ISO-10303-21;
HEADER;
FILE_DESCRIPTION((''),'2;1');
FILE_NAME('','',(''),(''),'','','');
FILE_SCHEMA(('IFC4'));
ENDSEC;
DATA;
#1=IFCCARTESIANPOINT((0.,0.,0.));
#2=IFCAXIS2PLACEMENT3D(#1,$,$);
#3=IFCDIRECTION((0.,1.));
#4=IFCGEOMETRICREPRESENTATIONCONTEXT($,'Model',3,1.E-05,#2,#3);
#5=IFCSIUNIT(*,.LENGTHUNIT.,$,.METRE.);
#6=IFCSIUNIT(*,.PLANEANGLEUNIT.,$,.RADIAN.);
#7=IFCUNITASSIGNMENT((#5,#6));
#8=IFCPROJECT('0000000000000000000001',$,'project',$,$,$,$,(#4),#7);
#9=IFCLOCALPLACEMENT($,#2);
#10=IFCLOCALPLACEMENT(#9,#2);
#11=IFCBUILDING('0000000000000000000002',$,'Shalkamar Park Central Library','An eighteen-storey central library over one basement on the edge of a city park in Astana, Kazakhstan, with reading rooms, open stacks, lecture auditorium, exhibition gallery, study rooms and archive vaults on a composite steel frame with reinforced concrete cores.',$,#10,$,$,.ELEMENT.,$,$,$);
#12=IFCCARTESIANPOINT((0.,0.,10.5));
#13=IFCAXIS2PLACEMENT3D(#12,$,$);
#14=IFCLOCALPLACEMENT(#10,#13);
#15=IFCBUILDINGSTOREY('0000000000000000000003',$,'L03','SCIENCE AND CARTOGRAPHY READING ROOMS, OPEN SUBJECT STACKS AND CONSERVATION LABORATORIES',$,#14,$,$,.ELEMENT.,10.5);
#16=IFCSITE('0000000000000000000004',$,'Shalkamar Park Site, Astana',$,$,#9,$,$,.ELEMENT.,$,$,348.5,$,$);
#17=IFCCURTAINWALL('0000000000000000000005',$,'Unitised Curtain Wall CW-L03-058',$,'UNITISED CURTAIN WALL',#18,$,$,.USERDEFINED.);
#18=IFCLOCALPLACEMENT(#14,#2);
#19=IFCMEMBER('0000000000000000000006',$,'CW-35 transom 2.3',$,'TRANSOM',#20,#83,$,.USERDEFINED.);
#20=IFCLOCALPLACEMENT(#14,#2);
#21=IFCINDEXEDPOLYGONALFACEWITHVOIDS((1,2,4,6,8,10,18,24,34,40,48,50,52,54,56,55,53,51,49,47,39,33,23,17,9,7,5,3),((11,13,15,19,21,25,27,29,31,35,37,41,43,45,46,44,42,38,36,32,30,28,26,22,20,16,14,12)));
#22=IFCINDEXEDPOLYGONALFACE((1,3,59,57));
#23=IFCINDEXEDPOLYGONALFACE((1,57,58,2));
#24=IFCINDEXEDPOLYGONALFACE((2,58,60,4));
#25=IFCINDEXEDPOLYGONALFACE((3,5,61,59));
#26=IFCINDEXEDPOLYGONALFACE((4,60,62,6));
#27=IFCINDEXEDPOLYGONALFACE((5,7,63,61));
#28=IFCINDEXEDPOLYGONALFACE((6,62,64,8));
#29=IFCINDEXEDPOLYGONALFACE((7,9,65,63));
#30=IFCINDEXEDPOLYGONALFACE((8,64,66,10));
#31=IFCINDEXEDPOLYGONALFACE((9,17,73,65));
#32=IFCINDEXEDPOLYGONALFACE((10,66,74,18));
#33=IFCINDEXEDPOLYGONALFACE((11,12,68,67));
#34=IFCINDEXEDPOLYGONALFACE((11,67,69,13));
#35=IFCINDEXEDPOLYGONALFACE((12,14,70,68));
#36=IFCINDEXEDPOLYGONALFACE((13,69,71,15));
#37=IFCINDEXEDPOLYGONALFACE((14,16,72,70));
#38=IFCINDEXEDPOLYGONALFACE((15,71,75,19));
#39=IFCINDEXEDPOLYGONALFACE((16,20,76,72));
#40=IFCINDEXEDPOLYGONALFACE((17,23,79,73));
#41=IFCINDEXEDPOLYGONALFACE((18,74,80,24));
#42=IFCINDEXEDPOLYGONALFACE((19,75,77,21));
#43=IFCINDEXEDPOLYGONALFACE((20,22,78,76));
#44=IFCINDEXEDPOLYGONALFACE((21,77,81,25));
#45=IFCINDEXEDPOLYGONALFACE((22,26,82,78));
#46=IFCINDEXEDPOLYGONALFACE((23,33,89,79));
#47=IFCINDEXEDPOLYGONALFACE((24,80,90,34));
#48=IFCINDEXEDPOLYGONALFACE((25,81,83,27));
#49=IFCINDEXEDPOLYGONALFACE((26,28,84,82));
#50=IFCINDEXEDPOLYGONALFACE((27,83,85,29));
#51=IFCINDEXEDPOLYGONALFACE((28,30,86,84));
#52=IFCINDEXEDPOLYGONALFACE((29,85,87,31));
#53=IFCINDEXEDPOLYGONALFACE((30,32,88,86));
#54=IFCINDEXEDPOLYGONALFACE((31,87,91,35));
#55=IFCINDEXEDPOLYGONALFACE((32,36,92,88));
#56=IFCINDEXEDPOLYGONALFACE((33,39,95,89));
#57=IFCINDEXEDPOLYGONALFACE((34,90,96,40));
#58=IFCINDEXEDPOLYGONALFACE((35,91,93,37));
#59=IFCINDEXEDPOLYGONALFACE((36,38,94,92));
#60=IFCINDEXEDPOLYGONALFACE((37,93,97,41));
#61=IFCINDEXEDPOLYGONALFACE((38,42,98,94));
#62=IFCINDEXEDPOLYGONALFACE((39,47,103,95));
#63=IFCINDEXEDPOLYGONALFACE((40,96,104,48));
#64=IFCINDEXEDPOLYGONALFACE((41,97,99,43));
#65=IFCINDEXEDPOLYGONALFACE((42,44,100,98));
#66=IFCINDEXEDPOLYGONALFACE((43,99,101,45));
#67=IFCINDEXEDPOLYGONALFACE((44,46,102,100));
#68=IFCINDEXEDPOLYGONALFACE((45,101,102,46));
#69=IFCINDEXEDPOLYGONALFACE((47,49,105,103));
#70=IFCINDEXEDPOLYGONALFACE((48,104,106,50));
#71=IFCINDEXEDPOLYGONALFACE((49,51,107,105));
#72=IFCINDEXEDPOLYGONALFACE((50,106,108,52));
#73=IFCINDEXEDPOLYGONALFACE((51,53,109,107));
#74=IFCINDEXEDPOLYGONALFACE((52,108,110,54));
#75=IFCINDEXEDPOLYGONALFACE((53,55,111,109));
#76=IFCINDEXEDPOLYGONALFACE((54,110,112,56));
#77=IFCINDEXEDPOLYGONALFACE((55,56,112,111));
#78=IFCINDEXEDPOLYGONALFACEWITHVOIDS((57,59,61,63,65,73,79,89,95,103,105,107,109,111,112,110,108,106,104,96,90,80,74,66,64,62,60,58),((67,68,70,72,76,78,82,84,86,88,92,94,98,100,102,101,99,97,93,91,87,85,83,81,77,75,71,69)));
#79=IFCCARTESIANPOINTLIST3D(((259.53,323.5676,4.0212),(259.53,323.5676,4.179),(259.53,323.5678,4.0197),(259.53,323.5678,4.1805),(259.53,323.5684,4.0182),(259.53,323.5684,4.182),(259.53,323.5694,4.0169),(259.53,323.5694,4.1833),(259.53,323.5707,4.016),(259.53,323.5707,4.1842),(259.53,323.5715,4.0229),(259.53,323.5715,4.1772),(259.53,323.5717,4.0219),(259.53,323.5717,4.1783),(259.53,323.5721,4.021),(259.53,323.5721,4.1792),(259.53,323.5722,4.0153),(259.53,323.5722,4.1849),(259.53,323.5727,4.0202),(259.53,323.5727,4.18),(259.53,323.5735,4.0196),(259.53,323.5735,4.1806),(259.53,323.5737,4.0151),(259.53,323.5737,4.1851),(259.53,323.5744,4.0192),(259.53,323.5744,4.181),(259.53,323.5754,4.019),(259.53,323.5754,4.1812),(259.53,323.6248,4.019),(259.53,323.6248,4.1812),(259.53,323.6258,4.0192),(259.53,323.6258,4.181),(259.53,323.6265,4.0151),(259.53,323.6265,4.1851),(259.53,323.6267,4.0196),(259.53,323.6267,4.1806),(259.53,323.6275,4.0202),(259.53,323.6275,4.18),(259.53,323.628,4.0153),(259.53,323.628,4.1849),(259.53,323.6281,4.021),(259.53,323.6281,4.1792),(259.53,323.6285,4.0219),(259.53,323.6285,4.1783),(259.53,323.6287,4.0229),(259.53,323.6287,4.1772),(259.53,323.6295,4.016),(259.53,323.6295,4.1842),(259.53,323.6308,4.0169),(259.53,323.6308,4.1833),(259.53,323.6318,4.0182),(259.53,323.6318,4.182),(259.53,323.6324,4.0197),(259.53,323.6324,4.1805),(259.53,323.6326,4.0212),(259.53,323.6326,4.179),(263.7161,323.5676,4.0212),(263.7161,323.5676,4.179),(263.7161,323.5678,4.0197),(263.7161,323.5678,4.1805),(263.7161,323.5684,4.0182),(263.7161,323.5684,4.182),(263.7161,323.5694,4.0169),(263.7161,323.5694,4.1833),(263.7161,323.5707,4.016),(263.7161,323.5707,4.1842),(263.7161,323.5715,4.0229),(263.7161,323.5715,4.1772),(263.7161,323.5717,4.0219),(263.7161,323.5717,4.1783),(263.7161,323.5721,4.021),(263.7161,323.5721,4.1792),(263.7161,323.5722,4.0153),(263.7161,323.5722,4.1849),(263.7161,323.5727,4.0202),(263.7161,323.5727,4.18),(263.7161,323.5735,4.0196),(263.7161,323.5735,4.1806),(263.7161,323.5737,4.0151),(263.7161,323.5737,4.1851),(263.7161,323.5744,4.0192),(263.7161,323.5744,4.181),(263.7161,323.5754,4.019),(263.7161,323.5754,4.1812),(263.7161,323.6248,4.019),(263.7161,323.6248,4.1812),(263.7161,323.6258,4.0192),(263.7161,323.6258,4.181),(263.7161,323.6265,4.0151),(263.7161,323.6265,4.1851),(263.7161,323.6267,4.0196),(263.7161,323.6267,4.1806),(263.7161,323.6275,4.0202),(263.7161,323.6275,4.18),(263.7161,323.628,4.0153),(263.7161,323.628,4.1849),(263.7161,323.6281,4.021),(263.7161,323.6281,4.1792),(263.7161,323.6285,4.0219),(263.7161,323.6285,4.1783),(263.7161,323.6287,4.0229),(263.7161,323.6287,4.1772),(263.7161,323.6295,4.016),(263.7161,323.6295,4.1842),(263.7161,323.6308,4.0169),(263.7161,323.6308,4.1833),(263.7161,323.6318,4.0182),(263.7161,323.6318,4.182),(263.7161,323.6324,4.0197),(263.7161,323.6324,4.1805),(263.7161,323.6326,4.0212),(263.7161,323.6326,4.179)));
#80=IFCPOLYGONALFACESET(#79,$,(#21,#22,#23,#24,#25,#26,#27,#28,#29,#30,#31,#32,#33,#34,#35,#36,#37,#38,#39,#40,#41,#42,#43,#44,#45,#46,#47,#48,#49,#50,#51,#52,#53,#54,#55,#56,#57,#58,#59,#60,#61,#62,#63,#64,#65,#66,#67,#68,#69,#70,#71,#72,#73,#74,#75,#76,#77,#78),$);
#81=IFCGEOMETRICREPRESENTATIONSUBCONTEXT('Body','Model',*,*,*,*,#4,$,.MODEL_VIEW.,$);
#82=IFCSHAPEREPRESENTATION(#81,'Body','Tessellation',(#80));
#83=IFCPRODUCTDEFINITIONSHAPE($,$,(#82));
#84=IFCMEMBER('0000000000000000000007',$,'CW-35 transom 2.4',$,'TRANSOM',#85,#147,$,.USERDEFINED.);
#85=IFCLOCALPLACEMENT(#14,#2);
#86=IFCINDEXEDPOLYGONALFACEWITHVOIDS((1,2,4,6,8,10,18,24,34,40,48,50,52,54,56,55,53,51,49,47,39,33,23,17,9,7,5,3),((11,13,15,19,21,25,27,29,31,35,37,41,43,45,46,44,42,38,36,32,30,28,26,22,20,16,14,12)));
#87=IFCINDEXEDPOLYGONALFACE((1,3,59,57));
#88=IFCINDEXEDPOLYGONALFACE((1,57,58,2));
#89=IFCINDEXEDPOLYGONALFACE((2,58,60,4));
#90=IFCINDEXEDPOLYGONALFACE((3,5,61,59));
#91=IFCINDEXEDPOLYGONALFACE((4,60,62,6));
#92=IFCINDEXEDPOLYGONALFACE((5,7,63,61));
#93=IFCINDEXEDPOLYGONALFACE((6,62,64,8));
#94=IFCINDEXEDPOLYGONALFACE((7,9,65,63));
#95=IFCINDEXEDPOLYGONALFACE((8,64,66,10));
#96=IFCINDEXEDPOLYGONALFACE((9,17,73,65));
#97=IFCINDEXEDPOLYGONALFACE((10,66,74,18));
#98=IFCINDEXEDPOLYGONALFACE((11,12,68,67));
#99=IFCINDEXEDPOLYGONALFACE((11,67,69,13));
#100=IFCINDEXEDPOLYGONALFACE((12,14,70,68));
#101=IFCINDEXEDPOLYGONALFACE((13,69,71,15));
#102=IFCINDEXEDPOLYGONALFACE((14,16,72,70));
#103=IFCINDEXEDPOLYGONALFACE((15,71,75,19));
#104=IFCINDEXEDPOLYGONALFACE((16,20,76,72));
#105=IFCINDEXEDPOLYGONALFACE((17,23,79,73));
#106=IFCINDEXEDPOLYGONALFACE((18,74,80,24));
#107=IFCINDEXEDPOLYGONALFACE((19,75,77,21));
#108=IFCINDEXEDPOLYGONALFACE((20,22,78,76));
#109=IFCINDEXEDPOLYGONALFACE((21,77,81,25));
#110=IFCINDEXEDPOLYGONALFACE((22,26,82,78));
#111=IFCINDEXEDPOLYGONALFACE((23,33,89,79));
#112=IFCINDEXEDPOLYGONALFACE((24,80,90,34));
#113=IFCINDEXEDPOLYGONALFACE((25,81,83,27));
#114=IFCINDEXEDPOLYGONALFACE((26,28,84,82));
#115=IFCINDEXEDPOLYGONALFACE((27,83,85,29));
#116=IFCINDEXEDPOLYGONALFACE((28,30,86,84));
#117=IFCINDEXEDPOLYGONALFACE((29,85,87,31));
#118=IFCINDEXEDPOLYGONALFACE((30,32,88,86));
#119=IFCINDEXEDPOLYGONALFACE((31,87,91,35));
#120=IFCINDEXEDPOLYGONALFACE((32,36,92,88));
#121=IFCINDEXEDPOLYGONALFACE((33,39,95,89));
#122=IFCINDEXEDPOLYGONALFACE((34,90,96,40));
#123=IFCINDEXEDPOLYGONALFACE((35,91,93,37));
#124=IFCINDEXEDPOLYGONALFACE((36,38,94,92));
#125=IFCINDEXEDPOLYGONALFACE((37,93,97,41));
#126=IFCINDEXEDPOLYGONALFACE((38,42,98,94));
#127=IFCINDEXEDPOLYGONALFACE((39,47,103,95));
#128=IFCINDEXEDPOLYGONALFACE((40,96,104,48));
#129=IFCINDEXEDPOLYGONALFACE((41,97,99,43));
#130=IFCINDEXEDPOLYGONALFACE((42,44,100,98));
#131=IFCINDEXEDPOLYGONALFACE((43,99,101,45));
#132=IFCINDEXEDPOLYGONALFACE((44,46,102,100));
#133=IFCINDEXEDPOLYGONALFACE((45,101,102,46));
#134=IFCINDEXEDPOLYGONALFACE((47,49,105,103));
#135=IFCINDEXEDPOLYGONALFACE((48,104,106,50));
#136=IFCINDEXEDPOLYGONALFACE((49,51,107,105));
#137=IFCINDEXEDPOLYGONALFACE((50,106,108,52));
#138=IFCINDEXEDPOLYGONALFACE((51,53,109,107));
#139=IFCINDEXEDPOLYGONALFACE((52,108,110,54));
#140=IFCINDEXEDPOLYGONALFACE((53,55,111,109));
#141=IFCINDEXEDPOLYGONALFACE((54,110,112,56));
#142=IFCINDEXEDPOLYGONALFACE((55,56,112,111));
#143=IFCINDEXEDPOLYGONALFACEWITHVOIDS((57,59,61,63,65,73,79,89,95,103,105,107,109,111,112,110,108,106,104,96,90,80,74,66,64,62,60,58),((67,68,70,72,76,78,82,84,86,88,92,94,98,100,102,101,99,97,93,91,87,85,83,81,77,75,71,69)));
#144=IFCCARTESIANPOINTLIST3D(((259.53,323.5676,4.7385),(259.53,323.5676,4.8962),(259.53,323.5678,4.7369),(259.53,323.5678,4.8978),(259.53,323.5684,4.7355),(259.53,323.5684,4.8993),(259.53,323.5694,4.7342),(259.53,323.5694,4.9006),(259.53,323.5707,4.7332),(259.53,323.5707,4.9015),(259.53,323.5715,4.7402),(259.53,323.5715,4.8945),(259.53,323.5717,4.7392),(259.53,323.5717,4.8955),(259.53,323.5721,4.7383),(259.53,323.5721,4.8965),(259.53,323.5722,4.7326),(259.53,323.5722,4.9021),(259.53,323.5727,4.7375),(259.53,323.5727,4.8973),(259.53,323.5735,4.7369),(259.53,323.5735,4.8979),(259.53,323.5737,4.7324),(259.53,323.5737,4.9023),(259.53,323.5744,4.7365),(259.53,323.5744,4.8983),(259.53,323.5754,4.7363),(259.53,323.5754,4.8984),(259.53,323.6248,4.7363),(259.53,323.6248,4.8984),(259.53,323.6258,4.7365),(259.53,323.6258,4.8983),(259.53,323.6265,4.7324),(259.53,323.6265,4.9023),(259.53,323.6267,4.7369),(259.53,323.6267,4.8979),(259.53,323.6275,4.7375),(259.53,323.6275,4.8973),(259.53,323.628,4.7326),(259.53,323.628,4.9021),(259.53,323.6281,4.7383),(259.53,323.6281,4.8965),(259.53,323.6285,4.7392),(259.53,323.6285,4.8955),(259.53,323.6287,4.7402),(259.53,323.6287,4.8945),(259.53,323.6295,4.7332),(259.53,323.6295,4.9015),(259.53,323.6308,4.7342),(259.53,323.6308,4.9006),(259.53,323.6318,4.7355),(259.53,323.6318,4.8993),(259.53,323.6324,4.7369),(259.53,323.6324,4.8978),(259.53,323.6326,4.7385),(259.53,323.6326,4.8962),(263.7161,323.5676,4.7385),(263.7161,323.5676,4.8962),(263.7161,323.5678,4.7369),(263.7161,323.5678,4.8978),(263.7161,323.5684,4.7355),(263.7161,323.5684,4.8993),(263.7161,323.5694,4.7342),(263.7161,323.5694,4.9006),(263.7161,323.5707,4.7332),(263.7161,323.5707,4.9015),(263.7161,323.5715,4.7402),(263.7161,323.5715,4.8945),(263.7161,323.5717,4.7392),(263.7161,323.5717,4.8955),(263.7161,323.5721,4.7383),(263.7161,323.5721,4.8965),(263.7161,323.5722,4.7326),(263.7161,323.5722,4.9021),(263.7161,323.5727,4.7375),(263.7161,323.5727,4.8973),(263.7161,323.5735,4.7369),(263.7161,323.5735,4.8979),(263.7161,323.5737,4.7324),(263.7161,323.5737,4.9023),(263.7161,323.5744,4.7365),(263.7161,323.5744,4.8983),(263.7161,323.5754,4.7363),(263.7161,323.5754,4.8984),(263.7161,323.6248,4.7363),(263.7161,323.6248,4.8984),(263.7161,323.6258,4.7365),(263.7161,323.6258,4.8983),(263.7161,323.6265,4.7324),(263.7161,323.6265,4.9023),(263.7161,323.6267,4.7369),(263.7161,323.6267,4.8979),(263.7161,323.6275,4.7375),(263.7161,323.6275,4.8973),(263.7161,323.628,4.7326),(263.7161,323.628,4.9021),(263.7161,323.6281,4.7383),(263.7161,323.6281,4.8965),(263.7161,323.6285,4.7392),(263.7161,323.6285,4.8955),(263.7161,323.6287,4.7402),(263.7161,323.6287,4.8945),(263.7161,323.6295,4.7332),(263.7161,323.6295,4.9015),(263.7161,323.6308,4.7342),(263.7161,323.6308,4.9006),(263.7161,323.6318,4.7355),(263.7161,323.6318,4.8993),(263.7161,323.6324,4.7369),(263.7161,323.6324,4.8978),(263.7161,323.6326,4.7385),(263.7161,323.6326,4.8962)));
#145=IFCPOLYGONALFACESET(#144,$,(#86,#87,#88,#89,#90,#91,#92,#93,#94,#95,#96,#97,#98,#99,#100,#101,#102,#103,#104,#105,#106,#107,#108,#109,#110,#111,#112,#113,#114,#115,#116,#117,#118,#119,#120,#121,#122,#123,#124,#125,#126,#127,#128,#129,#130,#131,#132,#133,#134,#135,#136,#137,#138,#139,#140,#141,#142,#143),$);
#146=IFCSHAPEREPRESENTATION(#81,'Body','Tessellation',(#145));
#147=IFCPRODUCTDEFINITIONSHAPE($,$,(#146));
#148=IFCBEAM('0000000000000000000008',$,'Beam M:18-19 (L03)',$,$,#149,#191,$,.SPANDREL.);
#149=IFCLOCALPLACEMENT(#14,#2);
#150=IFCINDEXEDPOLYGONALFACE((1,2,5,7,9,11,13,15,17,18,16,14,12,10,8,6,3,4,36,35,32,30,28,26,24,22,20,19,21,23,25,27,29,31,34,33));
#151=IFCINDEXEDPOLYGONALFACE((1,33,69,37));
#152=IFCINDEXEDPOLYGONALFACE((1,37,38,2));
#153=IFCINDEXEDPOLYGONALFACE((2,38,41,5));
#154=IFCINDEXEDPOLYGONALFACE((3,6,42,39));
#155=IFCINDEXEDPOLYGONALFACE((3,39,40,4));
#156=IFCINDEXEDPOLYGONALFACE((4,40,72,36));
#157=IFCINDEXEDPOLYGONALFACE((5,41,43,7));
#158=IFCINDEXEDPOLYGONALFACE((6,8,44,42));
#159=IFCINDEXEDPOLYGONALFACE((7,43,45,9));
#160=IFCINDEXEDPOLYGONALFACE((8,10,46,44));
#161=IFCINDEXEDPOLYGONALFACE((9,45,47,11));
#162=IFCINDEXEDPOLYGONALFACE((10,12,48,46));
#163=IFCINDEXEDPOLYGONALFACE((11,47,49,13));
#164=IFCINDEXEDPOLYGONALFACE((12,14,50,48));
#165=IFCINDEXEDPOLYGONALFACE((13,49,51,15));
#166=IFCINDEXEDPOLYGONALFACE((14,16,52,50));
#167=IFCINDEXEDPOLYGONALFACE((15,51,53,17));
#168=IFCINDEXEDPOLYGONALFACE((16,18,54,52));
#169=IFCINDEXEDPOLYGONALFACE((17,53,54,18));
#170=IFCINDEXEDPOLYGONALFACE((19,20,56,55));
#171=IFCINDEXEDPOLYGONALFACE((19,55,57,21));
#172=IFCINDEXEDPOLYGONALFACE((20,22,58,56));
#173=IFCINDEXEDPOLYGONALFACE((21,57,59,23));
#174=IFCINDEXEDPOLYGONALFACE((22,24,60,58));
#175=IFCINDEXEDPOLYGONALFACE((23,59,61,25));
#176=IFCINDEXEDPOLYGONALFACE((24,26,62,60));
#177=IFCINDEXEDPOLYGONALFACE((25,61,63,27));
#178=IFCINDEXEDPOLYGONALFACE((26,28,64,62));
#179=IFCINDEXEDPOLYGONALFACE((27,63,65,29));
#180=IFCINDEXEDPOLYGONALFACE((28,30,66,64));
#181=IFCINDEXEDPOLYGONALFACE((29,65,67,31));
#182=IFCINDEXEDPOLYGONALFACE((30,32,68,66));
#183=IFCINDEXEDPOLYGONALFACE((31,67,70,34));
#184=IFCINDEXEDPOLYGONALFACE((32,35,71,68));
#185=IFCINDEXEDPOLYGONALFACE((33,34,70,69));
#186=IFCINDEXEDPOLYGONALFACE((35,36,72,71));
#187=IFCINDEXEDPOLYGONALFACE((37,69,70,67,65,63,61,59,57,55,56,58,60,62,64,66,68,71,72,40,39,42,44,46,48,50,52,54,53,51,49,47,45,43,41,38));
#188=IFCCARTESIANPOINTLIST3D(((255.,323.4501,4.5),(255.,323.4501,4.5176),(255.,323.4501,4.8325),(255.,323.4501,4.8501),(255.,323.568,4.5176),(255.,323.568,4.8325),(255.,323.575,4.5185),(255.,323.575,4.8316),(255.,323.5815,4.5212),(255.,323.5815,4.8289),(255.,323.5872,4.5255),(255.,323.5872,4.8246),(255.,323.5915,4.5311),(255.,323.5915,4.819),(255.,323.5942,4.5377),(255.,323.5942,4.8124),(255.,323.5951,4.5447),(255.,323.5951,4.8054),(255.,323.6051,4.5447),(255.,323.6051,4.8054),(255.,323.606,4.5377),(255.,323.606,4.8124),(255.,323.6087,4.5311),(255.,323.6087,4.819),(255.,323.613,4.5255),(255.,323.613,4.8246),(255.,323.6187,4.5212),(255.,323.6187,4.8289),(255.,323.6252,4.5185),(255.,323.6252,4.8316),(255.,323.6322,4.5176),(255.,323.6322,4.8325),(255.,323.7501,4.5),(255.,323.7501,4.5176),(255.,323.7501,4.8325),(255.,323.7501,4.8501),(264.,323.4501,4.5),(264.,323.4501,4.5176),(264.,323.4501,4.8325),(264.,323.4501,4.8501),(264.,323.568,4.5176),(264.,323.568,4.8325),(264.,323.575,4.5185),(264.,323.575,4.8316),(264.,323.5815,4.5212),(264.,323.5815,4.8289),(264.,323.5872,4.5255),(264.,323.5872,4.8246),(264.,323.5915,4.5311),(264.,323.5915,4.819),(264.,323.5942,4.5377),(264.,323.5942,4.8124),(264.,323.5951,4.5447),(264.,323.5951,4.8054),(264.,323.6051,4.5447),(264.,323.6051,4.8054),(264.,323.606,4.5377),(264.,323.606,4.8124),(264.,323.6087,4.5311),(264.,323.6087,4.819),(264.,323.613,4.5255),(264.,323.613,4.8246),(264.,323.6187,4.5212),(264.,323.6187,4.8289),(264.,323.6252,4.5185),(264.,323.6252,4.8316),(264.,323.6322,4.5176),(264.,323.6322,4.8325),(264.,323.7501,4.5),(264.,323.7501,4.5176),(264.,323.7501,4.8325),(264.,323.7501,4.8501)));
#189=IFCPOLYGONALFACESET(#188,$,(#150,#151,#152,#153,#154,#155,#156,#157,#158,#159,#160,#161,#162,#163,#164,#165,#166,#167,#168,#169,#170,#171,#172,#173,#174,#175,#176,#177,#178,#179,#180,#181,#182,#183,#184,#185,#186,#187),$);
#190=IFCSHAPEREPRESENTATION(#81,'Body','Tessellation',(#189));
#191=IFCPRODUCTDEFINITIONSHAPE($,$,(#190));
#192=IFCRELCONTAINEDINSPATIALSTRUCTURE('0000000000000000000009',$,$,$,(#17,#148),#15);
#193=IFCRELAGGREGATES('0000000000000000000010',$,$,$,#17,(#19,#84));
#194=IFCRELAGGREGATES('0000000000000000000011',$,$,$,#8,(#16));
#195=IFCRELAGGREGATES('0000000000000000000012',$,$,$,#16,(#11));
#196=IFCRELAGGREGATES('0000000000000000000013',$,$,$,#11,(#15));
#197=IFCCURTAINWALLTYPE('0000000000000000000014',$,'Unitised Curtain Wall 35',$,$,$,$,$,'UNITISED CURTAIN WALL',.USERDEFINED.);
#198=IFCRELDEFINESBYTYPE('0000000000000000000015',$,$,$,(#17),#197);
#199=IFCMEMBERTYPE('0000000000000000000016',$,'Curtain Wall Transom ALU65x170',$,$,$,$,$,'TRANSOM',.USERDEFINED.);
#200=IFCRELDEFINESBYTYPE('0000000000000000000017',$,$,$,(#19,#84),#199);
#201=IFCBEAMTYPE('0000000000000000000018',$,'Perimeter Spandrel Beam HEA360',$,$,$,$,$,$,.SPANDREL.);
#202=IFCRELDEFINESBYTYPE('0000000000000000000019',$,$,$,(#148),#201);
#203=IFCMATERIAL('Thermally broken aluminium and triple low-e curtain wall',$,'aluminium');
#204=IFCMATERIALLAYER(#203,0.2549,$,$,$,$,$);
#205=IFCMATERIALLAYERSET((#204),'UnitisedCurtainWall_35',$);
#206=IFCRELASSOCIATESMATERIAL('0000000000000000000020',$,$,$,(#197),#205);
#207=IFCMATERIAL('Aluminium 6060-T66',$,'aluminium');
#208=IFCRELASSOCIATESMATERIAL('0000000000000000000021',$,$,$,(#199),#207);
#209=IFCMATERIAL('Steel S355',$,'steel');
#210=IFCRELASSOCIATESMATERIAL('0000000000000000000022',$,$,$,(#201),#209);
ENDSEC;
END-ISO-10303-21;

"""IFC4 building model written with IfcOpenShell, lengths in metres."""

from ifc_helpers import new_model, si_unit, direction, frame, origin, origin_2d, place, context, subcontext, project, spatial, hollow_rectangle, i_section, extrude, material, layer, layer_set, material_profile, profile_set, type_object, element, aggregate, save


model = new_model("IFC4")

# Units and contexts
model_context = context("Model", 3, precision=1e-05, world=origin(), true_north=direction((0.0, 1.0)))
body_context = subcontext(model_context, "Body", "Model", "MODEL_VIEW")
ifc_project = project(units=[si_unit("LENGTHUNIT", "METRE"), si_unit("PLANEANGLEUNIT", "RADIAN")], contexts=[model_context])

# Site, building, storey
site_placement = place(None, origin())
site = spatial("IfcSite", under=ifc_project, at=site_placement, Name="Shalkamar Park Site, Astana", CompositionType="ELEMENT", RefElevation=348.5)
building_placement = place(site_placement, origin())
building = spatial("IfcBuilding", under=site, at=building_placement, Name="Shalkamar Park Central Library", Description="An eighteen-storey central library over one basement on the edge of a city park in Astana, Kazakhstan, with reading rooms, open stacks, lecture auditorium, exhibition gallery, study rooms and archive vaults on a composite steel frame with reinforced concrete cores.", CompositionType="ELEMENT")
storey_placement = place(building_placement, frame((0.0, 0.0, 10.5)))
storey = spatial("IfcBuildingStorey", under=building, at=storey_placement, Name="L03", Description="SCIENCE AND CARTOGRAPHY READING ROOMS, OPEN SUBJECT STACKS AND CONSERVATION LABORATORIES", CompositionType="ELEMENT", Elevation=10.5)

# Shared definitions
ifc_material_1 = material(Name="Steel S355", Category="steel")

# Shared definitions
ifc_material_2 = material(Name="Thermally broken aluminium and triple low-e curtain wall", Category="aluminium")
ifc_material_3 = material(Name="Aluminium 6060-T66", Category="aluminium")

# Curtain wall, members
ifc_layer_1 = layer(ifc_material_2, 0.2549)
ifc_layer_set_1 = layer_set([ifc_layer_1], Name="UnitisedCurtainWall_35")
curtain_wall_type_1 = type_object("IfcCurtainWallType", Name="Unitised Curtain Wall 35", ElementType="UNITISED CURTAIN WALL", PredefinedType="USERDEFINED", material=ifc_layer_set_1)
curtain_wall_1_placement = place(storey_placement, origin())
curtain_wall_1 = element("IfcCurtainWall", 1, at=curtain_wall_1_placement, inside=storey, type_object=curtain_wall_type_1, Name="Unitised Curtain Wall CW-L03-058", ObjectType="UNITISED CURTAIN WALL", PredefinedType="USERDEFINED")
ifc_material_profile_1 = material_profile(ifc_material_3, hollow_rectangle(XDim=0.0649, YDim=0.1699, WallThickness=0.0039, InnerFilletRadius=0.0039, OuterFilletRadius=0.0061, at=origin_2d()), Name="ALU 65x170x4")
ifc_profile_set_1 = profile_set([ifc_material_profile_1], Name="Aluminium 6060-T66")
member_type_1 = type_object("IfcMemberType", Name="Curtain Wall Transom ALU65x170", ElementType="TRANSOM", PredefinedType="USERDEFINED", material=ifc_profile_set_1)
member_1_placement = place(storey_placement, frame((259.53, 323.6001, 4.1001), z_axis=(1.0, 0.0, 0.0), x_axis=(0.0, 1.0, 0.0)))
member_1 = element("IfcMember", 2, at=member_1_placement, type_object=member_type_1, Name="CW-35 transom 2.3", ObjectType="TRANSOM", PredefinedType="USERDEFINED", context=body_context, shape_type="SweptSolid", body=[
    extrude(hollow_rectangle(XDim=0.0649, YDim=0.1699, WallThickness=0.0039, InnerFilletRadius=0.0039, OuterFilletRadius=0.0061, at=origin_2d()), origin(), (0.0, 0.0, 1.0), 4.186),
])
member_2_placement = place(storey_placement, frame((259.53, 323.6001, 4.8174), z_axis=(1.0, 0.0, 0.0), x_axis=(0.0, 1.0, 0.0)))
member_2 = element("IfcMember", 3, at=member_2_placement, type_object=member_type_1, Name="CW-35 transom 2.4", ObjectType="TRANSOM", PredefinedType="USERDEFINED", context=body_context, shape_type="SweptSolid", body=[
    extrude(hollow_rectangle(XDim=0.0649, YDim=0.1699, WallThickness=0.0039, InnerFilletRadius=0.0039, OuterFilletRadius=0.0061, at=origin_2d()), origin(), (0.0, 0.0, 1.0), 4.186),
])

# Beam
ifc_material_profile_2 = material_profile(ifc_material_1, i_section(OverallWidth=0.3, OverallDepth=0.3501, WebThickness=0.01, FlangeThickness=0.0176, FilletRadius=0.0271, at=origin_2d()), Name="HEA 360")
ifc_profile_set_2 = profile_set([ifc_material_profile_2], Name="Steel S355")
beam_type_1 = type_object("IfcBeamType", Name="Perimeter Spandrel Beam HEA360", PredefinedType="SPANDREL", material=ifc_profile_set_2)
beam_1_placement = place(storey_placement, frame((255.0, 323.6001, 4.675), z_axis=(1.0, 0.0, 0.0), x_axis=(0.0, 1.0, 0.0)))
element("IfcBeam", 4, at=beam_1_placement, inside=storey, type_object=beam_type_1, Name="Beam M:18-19 (L03)", PredefinedType="SPANDREL", context=body_context, shape_type="SweptSolid", body=[
    extrude(i_section(OverallWidth=0.3, OverallDepth=0.3501, WebThickness=0.01, FlangeThickness=0.0176, FilletRadius=0.0271, at=origin_2d()), origin(), (0.0, 0.0, 1.0), 9.0),
])

aggregate(curtain_wall_1, [member_1, member_2])

save(model, "model.ifc")
